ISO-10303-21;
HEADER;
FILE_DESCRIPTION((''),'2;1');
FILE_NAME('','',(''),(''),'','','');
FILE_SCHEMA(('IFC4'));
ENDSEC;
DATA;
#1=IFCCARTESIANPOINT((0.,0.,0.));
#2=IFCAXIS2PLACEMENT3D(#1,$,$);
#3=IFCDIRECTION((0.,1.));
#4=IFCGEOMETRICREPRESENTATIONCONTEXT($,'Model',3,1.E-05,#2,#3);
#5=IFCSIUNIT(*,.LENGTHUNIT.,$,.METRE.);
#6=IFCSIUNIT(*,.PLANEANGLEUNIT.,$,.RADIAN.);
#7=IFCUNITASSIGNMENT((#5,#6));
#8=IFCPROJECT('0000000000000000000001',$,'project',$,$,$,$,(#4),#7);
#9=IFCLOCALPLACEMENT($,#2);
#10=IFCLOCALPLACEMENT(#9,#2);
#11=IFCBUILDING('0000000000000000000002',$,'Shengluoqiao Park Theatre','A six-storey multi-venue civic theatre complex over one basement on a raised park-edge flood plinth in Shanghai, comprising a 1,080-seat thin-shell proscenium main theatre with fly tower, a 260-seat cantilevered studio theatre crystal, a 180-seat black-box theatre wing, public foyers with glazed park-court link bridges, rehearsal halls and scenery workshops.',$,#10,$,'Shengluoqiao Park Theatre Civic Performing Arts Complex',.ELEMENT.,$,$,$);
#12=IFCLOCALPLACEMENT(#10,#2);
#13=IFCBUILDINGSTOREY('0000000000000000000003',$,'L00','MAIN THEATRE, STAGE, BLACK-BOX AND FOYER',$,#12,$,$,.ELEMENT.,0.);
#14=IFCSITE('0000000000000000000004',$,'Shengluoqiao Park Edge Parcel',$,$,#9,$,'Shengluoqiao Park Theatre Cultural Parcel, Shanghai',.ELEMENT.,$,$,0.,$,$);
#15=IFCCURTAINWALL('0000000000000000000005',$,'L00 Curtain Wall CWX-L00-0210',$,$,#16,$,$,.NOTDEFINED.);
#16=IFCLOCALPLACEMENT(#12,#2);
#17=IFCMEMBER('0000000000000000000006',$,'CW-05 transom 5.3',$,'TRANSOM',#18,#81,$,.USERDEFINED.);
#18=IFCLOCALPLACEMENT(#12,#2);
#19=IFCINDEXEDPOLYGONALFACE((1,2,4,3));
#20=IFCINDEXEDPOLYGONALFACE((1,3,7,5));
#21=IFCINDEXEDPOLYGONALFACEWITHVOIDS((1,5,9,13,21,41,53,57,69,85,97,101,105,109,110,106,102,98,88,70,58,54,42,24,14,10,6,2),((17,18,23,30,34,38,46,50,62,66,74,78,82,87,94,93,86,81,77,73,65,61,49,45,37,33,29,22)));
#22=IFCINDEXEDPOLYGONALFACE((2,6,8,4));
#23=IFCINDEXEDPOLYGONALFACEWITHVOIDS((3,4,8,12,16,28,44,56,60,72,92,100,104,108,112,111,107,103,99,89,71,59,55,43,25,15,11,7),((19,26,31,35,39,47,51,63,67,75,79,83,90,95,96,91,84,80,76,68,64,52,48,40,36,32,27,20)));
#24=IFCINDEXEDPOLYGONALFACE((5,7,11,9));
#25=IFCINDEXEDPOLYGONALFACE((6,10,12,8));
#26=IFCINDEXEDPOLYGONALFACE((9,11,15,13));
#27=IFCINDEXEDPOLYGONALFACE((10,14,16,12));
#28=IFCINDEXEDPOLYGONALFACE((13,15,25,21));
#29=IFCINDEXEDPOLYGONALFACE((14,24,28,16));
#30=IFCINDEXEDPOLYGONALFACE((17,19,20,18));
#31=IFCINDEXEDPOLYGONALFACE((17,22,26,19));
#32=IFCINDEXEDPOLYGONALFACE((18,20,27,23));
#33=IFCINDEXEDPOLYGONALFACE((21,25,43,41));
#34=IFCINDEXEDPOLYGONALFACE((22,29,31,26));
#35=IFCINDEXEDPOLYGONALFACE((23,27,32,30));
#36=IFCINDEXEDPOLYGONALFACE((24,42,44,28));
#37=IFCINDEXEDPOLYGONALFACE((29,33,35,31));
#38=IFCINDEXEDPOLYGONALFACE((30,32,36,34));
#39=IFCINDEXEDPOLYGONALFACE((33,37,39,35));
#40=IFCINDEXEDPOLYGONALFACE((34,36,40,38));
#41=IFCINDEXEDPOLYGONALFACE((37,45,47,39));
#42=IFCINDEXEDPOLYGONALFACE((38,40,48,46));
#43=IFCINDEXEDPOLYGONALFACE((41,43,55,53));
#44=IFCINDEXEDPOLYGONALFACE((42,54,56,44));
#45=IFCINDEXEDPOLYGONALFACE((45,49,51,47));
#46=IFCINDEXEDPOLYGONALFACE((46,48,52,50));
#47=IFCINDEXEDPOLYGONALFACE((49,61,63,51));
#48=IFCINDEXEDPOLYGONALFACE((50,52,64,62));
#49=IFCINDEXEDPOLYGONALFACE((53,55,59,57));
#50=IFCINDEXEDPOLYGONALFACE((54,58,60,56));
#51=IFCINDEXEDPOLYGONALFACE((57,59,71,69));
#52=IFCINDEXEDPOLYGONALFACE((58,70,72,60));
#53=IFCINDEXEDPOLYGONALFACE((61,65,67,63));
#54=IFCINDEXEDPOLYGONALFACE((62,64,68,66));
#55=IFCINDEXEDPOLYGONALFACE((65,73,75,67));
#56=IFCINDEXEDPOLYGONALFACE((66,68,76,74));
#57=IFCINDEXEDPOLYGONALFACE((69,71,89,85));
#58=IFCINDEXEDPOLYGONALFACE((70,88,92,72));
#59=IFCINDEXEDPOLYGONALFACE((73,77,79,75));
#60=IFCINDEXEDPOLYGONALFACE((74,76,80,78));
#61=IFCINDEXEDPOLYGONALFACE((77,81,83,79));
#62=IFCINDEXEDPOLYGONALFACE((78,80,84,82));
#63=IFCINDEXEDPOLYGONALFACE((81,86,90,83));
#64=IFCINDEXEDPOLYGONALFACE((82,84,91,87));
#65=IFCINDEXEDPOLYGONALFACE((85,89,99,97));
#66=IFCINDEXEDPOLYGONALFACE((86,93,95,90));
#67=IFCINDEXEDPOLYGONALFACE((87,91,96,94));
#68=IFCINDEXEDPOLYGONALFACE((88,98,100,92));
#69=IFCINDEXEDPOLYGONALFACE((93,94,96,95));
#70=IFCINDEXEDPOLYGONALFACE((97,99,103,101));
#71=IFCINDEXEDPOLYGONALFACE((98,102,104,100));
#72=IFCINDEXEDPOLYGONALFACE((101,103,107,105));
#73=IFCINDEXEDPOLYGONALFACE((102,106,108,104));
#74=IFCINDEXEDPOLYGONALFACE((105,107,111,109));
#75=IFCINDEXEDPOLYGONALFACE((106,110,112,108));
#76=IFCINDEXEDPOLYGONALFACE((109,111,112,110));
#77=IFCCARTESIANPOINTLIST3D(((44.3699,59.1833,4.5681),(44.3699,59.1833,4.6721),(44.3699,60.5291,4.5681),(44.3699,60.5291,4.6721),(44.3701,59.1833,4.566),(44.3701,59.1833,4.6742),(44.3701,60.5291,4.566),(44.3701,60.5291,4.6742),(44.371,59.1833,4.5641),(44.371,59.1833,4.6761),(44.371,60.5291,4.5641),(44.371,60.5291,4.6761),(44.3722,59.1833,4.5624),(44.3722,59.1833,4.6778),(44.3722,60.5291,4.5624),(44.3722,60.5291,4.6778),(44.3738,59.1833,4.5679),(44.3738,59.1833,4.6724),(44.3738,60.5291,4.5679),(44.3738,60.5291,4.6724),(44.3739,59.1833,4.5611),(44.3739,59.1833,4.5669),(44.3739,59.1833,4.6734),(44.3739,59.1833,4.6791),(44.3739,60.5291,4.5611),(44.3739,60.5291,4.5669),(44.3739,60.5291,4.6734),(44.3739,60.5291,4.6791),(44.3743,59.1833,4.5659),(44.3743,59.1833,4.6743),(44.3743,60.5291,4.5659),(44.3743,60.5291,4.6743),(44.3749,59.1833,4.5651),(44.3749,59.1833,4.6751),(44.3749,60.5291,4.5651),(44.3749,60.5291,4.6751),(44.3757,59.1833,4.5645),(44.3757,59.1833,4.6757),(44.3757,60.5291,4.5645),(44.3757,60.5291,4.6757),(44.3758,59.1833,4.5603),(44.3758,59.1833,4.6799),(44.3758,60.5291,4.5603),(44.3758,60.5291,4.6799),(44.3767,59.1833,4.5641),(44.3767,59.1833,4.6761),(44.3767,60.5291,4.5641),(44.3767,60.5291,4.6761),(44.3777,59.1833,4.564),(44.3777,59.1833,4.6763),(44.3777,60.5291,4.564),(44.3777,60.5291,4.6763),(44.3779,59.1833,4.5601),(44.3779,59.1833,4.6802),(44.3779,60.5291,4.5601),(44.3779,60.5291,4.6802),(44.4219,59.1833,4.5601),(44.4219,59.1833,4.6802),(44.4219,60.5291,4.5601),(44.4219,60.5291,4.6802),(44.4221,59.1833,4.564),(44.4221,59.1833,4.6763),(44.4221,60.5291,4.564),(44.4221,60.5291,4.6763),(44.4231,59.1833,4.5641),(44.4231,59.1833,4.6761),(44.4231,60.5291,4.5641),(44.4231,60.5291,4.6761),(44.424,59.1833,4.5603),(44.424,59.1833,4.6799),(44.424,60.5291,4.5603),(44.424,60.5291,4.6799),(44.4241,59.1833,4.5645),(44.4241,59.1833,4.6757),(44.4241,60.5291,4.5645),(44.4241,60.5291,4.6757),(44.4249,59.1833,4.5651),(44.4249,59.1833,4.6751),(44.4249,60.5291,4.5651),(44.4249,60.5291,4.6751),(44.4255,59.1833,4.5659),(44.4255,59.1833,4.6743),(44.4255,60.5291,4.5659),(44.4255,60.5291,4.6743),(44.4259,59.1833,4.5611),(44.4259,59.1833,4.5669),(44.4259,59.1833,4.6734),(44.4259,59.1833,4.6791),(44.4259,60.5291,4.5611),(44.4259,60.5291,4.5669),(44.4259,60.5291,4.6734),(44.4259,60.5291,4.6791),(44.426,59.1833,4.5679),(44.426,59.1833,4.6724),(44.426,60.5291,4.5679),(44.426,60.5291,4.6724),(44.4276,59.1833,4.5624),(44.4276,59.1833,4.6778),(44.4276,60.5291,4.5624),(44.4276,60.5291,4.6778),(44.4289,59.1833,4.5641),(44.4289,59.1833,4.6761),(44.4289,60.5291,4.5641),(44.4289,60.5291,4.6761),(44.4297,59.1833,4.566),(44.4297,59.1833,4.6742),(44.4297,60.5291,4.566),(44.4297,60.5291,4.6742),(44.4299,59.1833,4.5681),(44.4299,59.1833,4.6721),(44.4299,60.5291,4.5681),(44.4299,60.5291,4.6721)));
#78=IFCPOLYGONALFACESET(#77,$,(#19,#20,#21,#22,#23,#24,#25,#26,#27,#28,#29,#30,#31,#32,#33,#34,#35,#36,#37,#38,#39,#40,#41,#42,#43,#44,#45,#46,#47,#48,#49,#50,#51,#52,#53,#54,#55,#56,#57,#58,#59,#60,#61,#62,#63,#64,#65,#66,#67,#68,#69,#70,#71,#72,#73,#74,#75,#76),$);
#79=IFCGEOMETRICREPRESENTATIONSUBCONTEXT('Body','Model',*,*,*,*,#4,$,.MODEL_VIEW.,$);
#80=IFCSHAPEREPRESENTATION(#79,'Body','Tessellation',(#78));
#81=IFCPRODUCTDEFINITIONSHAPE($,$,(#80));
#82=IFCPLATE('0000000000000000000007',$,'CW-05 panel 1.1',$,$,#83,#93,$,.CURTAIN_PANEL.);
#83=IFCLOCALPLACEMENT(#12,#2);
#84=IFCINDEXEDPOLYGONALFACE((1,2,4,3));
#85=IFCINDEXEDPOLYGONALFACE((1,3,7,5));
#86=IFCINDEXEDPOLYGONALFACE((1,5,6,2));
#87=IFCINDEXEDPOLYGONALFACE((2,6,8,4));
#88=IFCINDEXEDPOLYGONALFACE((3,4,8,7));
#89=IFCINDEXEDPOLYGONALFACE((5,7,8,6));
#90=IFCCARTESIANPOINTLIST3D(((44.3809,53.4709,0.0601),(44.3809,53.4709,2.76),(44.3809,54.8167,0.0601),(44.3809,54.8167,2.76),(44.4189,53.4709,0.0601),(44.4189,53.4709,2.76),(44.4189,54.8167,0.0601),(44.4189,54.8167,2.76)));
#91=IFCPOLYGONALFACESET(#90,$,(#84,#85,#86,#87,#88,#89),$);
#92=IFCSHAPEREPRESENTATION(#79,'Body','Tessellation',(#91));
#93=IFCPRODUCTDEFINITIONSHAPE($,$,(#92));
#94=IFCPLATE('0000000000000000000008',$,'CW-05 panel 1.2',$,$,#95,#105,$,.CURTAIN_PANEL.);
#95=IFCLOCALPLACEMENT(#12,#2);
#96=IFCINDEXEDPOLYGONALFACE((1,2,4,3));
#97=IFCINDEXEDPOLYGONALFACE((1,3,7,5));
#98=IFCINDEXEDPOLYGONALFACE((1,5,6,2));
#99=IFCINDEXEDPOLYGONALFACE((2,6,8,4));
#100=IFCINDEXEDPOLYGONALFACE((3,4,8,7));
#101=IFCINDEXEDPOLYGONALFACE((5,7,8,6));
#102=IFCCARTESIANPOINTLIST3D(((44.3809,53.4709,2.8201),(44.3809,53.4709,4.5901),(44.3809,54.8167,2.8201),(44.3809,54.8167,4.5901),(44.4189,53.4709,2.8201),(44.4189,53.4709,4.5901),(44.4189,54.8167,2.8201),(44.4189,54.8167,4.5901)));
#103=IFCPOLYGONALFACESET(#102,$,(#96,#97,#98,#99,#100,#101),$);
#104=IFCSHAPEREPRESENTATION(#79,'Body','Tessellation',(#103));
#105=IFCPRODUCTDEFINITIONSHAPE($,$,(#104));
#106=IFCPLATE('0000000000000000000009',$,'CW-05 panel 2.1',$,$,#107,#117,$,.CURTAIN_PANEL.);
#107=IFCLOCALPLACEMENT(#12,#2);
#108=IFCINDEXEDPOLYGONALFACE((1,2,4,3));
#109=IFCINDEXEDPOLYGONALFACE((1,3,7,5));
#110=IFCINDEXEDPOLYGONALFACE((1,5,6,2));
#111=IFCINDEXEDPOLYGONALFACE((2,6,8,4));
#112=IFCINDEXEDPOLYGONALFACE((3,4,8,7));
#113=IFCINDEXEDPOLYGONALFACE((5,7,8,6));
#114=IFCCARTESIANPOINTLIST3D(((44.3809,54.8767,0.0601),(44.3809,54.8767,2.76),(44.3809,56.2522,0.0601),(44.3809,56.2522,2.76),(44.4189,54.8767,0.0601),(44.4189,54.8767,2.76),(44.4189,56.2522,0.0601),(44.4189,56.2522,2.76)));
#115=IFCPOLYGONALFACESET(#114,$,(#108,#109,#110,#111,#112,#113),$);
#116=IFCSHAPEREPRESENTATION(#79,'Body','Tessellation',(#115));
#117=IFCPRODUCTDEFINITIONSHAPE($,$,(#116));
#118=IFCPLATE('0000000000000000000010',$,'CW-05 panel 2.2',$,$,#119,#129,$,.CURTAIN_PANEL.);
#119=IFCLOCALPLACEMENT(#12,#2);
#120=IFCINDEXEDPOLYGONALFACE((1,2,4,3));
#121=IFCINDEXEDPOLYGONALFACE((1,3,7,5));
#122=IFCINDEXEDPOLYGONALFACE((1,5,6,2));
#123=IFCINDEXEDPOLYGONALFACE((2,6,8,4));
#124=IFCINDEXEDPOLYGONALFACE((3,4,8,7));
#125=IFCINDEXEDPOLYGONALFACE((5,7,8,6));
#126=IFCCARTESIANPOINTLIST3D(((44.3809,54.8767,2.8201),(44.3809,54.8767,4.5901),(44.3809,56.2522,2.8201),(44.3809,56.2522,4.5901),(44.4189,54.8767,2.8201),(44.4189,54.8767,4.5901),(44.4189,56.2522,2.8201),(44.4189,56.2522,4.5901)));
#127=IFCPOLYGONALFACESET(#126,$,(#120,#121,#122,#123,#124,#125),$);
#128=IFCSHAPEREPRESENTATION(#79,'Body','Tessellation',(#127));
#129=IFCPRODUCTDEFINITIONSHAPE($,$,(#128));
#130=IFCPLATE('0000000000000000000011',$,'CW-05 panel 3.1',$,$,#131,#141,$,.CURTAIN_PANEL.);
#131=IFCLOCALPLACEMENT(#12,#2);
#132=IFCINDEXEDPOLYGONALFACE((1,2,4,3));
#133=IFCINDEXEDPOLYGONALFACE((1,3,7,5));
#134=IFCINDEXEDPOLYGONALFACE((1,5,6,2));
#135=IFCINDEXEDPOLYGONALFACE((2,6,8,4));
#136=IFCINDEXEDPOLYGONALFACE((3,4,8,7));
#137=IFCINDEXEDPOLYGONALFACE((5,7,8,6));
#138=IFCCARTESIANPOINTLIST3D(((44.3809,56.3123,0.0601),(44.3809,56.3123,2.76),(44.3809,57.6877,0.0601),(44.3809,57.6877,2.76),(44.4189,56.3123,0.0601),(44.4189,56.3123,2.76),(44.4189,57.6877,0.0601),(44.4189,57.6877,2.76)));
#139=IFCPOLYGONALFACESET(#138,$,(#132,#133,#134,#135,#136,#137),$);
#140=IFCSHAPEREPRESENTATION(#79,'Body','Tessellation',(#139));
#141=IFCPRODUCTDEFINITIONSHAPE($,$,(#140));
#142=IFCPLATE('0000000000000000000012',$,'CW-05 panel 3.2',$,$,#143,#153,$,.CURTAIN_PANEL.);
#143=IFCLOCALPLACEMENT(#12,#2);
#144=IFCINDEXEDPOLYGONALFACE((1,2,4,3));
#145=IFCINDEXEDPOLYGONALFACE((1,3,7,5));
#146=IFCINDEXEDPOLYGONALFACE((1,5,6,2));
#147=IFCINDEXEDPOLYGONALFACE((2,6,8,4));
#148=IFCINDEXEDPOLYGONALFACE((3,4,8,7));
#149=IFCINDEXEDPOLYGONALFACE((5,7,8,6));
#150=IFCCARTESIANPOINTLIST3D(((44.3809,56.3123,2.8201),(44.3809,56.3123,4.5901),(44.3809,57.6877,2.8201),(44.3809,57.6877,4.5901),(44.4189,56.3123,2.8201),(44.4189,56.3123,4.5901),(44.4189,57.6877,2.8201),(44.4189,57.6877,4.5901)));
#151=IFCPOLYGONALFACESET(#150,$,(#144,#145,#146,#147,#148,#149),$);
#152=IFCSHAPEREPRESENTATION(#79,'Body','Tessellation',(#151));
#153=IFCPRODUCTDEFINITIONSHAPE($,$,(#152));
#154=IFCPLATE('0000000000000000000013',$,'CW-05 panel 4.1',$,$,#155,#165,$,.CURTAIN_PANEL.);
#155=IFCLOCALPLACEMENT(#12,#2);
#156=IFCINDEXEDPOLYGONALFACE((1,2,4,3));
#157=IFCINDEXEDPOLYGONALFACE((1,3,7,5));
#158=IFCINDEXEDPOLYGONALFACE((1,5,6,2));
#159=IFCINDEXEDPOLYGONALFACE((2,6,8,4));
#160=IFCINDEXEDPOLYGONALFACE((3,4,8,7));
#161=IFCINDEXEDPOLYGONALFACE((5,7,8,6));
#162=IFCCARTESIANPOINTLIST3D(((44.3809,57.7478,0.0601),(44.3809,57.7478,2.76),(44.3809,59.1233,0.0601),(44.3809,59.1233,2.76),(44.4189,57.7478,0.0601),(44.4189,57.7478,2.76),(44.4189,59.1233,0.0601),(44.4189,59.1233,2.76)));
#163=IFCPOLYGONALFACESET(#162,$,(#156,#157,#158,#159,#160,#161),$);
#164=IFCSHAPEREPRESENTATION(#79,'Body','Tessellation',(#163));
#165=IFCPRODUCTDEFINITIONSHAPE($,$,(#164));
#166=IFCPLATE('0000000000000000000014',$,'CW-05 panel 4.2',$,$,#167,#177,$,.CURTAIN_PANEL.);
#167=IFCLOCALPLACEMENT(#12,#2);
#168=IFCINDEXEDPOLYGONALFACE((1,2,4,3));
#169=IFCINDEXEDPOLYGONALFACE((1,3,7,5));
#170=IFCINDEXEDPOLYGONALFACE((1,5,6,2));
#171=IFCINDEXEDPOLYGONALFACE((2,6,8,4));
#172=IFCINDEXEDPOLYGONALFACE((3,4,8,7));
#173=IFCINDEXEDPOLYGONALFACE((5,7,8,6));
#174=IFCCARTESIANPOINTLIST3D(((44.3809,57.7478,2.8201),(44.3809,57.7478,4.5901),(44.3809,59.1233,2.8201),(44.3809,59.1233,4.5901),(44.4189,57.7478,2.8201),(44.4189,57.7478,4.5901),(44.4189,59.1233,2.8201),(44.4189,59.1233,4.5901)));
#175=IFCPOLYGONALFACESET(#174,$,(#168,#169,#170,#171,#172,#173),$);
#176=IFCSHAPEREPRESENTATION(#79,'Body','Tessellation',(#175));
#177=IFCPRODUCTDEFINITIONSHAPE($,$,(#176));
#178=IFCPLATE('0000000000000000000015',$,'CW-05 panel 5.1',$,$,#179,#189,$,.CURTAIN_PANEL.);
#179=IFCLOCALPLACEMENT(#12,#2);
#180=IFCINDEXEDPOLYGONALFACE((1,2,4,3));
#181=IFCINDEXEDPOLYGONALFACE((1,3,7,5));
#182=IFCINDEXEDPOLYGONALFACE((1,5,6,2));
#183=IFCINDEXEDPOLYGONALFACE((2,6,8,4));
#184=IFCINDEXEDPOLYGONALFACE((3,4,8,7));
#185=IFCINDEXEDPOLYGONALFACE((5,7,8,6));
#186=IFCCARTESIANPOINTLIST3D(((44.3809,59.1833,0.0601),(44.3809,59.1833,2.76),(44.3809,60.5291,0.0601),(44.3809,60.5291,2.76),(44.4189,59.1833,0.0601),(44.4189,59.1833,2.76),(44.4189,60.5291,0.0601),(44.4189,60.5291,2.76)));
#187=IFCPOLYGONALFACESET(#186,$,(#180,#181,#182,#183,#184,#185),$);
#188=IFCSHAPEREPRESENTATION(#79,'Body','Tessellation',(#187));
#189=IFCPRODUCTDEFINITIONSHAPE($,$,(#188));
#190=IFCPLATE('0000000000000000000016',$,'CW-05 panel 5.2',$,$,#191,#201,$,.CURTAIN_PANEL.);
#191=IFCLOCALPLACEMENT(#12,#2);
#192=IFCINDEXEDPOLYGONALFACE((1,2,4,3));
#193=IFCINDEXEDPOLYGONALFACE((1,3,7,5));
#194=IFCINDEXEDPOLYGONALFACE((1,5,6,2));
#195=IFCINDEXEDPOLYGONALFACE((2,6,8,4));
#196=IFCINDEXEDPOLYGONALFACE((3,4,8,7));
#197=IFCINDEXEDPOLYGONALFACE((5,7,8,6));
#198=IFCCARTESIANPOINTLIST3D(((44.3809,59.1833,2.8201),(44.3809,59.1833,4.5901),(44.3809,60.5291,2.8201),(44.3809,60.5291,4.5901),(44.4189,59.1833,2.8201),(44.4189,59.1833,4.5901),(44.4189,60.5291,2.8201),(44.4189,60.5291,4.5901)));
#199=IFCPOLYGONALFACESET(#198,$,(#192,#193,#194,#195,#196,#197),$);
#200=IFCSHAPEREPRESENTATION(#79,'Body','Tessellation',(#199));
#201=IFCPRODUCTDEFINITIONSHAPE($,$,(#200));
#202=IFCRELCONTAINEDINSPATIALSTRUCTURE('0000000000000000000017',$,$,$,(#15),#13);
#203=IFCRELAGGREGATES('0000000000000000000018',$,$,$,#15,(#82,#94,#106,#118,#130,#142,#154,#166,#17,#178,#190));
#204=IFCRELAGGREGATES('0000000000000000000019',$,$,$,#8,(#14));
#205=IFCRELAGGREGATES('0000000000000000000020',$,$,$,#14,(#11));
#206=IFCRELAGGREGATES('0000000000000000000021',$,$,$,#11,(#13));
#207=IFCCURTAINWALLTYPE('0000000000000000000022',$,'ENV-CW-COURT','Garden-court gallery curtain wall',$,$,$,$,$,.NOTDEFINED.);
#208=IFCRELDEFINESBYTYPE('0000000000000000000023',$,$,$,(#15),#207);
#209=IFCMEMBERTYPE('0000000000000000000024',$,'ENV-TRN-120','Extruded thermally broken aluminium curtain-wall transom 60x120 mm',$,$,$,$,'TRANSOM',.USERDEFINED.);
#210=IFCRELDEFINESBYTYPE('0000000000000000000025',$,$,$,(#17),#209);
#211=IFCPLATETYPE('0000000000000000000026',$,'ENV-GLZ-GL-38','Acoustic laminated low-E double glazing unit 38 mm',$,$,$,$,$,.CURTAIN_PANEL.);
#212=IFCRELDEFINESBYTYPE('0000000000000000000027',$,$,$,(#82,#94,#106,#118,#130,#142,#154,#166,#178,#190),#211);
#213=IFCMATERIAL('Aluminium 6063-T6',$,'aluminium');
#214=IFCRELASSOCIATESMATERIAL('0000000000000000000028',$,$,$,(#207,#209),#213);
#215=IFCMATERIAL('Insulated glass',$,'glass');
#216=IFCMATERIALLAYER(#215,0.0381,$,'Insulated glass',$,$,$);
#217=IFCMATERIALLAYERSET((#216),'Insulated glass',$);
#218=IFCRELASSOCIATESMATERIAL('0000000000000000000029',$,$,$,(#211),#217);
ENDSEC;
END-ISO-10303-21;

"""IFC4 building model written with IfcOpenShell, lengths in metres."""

from ifc_helpers import new_model, si_unit, direction, frame, origin, origin_2d, place, context, subcontext, project, spatial, rectangle, hollow_rectangle, extrude, material, layer, layer_set, material_profile, profile_set, type_object, element, aggregate, save


model = new_model("IFC4")

# Units and contexts
model_context = context("Model", 3, precision=1e-05, world=origin(), true_north=direction((0.0, 1.0)))
body_context = subcontext(model_context, "Body", "Model", "MODEL_VIEW")
ifc_project = project(units=[si_unit("LENGTHUNIT", "METRE"), si_unit("PLANEANGLEUNIT", "RADIAN")], contexts=[model_context])

# Site, building, storey
site_placement = place(None, origin())
site = spatial("IfcSite", under=ifc_project, at=site_placement, Name="Shengluoqiao Park Edge Parcel", LongName="Shengluoqiao Park Theatre Cultural Parcel, Shanghai", CompositionType="ELEMENT", RefElevation=0.0)
building_placement = place(site_placement, origin())
building = spatial("IfcBuilding", under=site, at=building_placement, Name="Shengluoqiao Park Theatre", Description="A six-storey multi-venue civic theatre complex over one basement on a raised park-edge flood plinth in Shanghai, comprising a 1,080-seat thin-shell proscenium main theatre with fly tower, a 260-seat cantilevered studio theatre crystal, a 180-seat black-box theatre wing, public foyers with glazed park-court link bridges, rehearsal halls and scenery workshops.", LongName="Shengluoqiao Park Theatre Civic Performing Arts Complex", CompositionType="ELEMENT")
storey_placement = place(building_placement, origin())
storey = spatial("IfcBuildingStorey", under=building, at=storey_placement, Name="L00", Description="MAIN THEATRE, STAGE, BLACK-BOX AND FOYER", CompositionType="ELEMENT", Elevation=0.0)

# Curtain wall, member, plates
ifc_material_1 = material(Name="Aluminium 6063-T6", Category="aluminium")
curtain_wall_type = type_object("IfcCurtainWallType", Name="ENV-CW-COURT", Description="Garden-court gallery curtain wall", PredefinedType="NOTDEFINED", material=ifc_material_1)
curtain_wall_placement = place(storey_placement, origin())
curtain_wall = element("IfcCurtainWall", 1, at=curtain_wall_placement, inside=storey, type_object=curtain_wall_type, Name="L00 Curtain Wall CWX-L00-0210", PredefinedType="NOTDEFINED")
ifc_material_profile_1 = material_profile(ifc_material_1, hollow_rectangle(XDim=0.0601, YDim=0.1201, WallThickness=0.0039, InnerFilletRadius=0.0039, OuterFilletRadius=0.0081, at=origin_2d()), Name="ALU TRANSOM 120x60x4")
ifc_profile_set_1 = profile_set([ifc_material_profile_1], Name="Aluminium 6063-T6")
member_type_1 = type_object("IfcMemberType", Name="ENV-TRN-120", Description="Extruded thermally broken aluminium curtain-wall transom 60x120 mm", ElementType="TRANSOM", PredefinedType="USERDEFINED", material=ifc_profile_set_1)
member_1_placement = place(storey_placement, frame((44.3999, 59.1833, 4.6201), z_axis=(0.0, 1.0, 0.0), x_axis=(-1.0, 0.0, 0.0)))
member_1 = element("IfcMember", 2, at=member_1_placement, type_object=member_type_1, Name="CW-05 transom 5.3", ObjectType="TRANSOM", PredefinedType="USERDEFINED", context=body_context, shape_type="SweptSolid", body=[
    extrude(hollow_rectangle(XDim=0.0601, YDim=0.1201, WallThickness=0.0039, InnerFilletRadius=0.0039, OuterFilletRadius=0.0081, at=origin_2d()), origin(), (0.0, 0.0, 1.0), 1.3457),
])
ifc_material_2 = material(Name="Insulated glass", Category="glass")
ifc_layer_1 = layer(ifc_material_2, 0.0381, Name="Insulated glass")
ifc_layer_set_1 = layer_set([ifc_layer_1], Name="Insulated glass")
plate_type = type_object("IfcPlateType", Name="ENV-GLZ-GL-38", Description="Acoustic laminated low-E double glazing unit 38 mm", PredefinedType="CURTAIN_PANEL", material=ifc_layer_set_1)
plate_1_placement = place(storey_placement, frame((44.3999, 54.1438, 0.0601), z_axis=(0.0, 0.0, 1.0), x_axis=(0.0, 1.0, 0.0)))
plate_1 = element("IfcPlate", 3, at=plate_1_placement, type_object=plate_type, Name="CW-05 panel 1.1", PredefinedType="CURTAIN_PANEL", context=body_context, shape_type="SweptSolid", body=[
    extrude(rectangle(XDim=1.3457, YDim=0.0381, at=origin_2d()), origin(), (0.0, 0.0, 1.0), 2.7),
])
plate_2_placement = place(storey_placement, frame((44.3999, 54.1438, 2.8201), z_axis=(0.0, 0.0, 1.0), x_axis=(0.0, 1.0, 0.0)))
plate_2 = element("IfcPlate", 4, at=plate_2_placement, type_object=plate_type, Name="CW-05 panel 1.2", PredefinedType="CURTAIN_PANEL", context=body_context, shape_type="SweptSolid", body=[
    extrude(rectangle(XDim=1.3457, YDim=0.0381, at=origin_2d()), origin(), (0.0, 0.0, 1.0), 1.77),
])
plate_3_placement = place(storey_placement, frame((44.3999, 55.5645, 0.0601), z_axis=(0.0, 0.0, 1.0), x_axis=(0.0, 1.0, 0.0)))
plate_3 = element("IfcPlate", 5, at=plate_3_placement, type_object=plate_type, Name="CW-05 panel 2.1", PredefinedType="CURTAIN_PANEL", context=body_context, shape_type="SweptSolid", body=[
    extrude(rectangle(XDim=1.3755, YDim=0.0381, at=origin_2d()), origin(), (0.0, 0.0, 1.0), 2.7),
])
plate_4_placement = place(storey_placement, frame((44.3999, 55.5645, 2.8201), z_axis=(0.0, 0.0, 1.0), x_axis=(0.0, 1.0, 0.0)))
plate_4 = element("IfcPlate", 6, at=plate_4_placement, type_object=plate_type, Name="CW-05 panel 2.2", PredefinedType="CURTAIN_PANEL", context=body_context, shape_type="SweptSolid", body=[
    extrude(rectangle(XDim=1.3755, YDim=0.0381, at=origin_2d()), origin(), (0.0, 0.0, 1.0), 1.77),
])
plate_5_placement = place(storey_placement, frame((44.3999, 57.0, 0.0601), z_axis=(0.0, 0.0, 1.0), x_axis=(0.0, 1.0, 0.0)))
plate_5 = element("IfcPlate", 7, at=plate_5_placement, type_object=plate_type, Name="CW-05 panel 3.1", PredefinedType="CURTAIN_PANEL", context=body_context, shape_type="SweptSolid", body=[
    extrude(rectangle(XDim=1.3755, YDim=0.0381, at=origin_2d()), origin(), (0.0, 0.0, 1.0), 2.7),
])
plate_6_placement = place(storey_placement, frame((44.3999, 57.0, 2.8201), z_axis=(0.0, 0.0, 1.0), x_axis=(0.0, 1.0, 0.0)))
plate_6 = element("IfcPlate", 8, at=plate_6_placement, type_object=plate_type, Name="CW-05 panel 3.2", PredefinedType="CURTAIN_PANEL", context=body_context, shape_type="SweptSolid", body=[
    extrude(rectangle(XDim=1.3755, YDim=0.0381, at=origin_2d()), origin(), (0.0, 0.0, 1.0), 1.77),
])
plate_7_placement = place(storey_placement, frame((44.3999, 58.4355, 0.0601), z_axis=(0.0, 0.0, 1.0), x_axis=(0.0, 1.0, 0.0)))
plate_7 = element("IfcPlate", 9, at=plate_7_placement, type_object=plate_type, Name="CW-05 panel 4.1", PredefinedType="CURTAIN_PANEL", context=body_context, shape_type="SweptSolid", body=[
    extrude(rectangle(XDim=1.3755, YDim=0.0381, at=origin_2d()), origin(), (0.0, 0.0, 1.0), 2.7),
])
plate_8_placement = place(storey_placement, frame((44.3999, 58.4355, 2.8201), z_axis=(0.0, 0.0, 1.0), x_axis=(0.0, 1.0, 0.0)))
plate_8 = element("IfcPlate", 10, at=plate_8_placement, type_object=plate_type, Name="CW-05 panel 4.2", PredefinedType="CURTAIN_PANEL", context=body_context, shape_type="SweptSolid", body=[
    extrude(rectangle(XDim=1.3755, YDim=0.0381, at=origin_2d()), origin(), (0.0, 0.0, 1.0), 1.77),
])
plate_9_placement = place(storey_placement, frame((44.3999, 59.8562, 0.0601), z_axis=(0.0, 0.0, 1.0), x_axis=(0.0, 1.0, 0.0)))
plate_9 = element("IfcPlate", 11, at=plate_9_placement, type_object=plate_type, Name="CW-05 panel 5.1", PredefinedType="CURTAIN_PANEL", context=body_context, shape_type="SweptSolid", body=[
    extrude(rectangle(XDim=1.3457, YDim=0.0381, at=origin_2d()), origin(), (0.0, 0.0, 1.0), 2.7),
])
plate_10_placement = place(storey_placement, frame((44.3999, 59.8562, 2.8201), z_axis=(0.0, 0.0, 1.0), x_axis=(0.0, 1.0, 0.0)))
plate_10 = element("IfcPlate", 12, at=plate_10_placement, type_object=plate_type, Name="CW-05 panel 5.2", PredefinedType="CURTAIN_PANEL", context=body_context, shape_type="SweptSolid", body=[
    extrude(rectangle(XDim=1.3457, YDim=0.0381, at=origin_2d()), origin(), (0.0, 0.0, 1.0), 1.77),
])
aggregate(curtain_wall, [plate_1, plate_2, plate_3, plate_4, plate_5, plate_6, plate_7, plate_8, member_1, plate_9, plate_10])

save(model, "model.ifc")
